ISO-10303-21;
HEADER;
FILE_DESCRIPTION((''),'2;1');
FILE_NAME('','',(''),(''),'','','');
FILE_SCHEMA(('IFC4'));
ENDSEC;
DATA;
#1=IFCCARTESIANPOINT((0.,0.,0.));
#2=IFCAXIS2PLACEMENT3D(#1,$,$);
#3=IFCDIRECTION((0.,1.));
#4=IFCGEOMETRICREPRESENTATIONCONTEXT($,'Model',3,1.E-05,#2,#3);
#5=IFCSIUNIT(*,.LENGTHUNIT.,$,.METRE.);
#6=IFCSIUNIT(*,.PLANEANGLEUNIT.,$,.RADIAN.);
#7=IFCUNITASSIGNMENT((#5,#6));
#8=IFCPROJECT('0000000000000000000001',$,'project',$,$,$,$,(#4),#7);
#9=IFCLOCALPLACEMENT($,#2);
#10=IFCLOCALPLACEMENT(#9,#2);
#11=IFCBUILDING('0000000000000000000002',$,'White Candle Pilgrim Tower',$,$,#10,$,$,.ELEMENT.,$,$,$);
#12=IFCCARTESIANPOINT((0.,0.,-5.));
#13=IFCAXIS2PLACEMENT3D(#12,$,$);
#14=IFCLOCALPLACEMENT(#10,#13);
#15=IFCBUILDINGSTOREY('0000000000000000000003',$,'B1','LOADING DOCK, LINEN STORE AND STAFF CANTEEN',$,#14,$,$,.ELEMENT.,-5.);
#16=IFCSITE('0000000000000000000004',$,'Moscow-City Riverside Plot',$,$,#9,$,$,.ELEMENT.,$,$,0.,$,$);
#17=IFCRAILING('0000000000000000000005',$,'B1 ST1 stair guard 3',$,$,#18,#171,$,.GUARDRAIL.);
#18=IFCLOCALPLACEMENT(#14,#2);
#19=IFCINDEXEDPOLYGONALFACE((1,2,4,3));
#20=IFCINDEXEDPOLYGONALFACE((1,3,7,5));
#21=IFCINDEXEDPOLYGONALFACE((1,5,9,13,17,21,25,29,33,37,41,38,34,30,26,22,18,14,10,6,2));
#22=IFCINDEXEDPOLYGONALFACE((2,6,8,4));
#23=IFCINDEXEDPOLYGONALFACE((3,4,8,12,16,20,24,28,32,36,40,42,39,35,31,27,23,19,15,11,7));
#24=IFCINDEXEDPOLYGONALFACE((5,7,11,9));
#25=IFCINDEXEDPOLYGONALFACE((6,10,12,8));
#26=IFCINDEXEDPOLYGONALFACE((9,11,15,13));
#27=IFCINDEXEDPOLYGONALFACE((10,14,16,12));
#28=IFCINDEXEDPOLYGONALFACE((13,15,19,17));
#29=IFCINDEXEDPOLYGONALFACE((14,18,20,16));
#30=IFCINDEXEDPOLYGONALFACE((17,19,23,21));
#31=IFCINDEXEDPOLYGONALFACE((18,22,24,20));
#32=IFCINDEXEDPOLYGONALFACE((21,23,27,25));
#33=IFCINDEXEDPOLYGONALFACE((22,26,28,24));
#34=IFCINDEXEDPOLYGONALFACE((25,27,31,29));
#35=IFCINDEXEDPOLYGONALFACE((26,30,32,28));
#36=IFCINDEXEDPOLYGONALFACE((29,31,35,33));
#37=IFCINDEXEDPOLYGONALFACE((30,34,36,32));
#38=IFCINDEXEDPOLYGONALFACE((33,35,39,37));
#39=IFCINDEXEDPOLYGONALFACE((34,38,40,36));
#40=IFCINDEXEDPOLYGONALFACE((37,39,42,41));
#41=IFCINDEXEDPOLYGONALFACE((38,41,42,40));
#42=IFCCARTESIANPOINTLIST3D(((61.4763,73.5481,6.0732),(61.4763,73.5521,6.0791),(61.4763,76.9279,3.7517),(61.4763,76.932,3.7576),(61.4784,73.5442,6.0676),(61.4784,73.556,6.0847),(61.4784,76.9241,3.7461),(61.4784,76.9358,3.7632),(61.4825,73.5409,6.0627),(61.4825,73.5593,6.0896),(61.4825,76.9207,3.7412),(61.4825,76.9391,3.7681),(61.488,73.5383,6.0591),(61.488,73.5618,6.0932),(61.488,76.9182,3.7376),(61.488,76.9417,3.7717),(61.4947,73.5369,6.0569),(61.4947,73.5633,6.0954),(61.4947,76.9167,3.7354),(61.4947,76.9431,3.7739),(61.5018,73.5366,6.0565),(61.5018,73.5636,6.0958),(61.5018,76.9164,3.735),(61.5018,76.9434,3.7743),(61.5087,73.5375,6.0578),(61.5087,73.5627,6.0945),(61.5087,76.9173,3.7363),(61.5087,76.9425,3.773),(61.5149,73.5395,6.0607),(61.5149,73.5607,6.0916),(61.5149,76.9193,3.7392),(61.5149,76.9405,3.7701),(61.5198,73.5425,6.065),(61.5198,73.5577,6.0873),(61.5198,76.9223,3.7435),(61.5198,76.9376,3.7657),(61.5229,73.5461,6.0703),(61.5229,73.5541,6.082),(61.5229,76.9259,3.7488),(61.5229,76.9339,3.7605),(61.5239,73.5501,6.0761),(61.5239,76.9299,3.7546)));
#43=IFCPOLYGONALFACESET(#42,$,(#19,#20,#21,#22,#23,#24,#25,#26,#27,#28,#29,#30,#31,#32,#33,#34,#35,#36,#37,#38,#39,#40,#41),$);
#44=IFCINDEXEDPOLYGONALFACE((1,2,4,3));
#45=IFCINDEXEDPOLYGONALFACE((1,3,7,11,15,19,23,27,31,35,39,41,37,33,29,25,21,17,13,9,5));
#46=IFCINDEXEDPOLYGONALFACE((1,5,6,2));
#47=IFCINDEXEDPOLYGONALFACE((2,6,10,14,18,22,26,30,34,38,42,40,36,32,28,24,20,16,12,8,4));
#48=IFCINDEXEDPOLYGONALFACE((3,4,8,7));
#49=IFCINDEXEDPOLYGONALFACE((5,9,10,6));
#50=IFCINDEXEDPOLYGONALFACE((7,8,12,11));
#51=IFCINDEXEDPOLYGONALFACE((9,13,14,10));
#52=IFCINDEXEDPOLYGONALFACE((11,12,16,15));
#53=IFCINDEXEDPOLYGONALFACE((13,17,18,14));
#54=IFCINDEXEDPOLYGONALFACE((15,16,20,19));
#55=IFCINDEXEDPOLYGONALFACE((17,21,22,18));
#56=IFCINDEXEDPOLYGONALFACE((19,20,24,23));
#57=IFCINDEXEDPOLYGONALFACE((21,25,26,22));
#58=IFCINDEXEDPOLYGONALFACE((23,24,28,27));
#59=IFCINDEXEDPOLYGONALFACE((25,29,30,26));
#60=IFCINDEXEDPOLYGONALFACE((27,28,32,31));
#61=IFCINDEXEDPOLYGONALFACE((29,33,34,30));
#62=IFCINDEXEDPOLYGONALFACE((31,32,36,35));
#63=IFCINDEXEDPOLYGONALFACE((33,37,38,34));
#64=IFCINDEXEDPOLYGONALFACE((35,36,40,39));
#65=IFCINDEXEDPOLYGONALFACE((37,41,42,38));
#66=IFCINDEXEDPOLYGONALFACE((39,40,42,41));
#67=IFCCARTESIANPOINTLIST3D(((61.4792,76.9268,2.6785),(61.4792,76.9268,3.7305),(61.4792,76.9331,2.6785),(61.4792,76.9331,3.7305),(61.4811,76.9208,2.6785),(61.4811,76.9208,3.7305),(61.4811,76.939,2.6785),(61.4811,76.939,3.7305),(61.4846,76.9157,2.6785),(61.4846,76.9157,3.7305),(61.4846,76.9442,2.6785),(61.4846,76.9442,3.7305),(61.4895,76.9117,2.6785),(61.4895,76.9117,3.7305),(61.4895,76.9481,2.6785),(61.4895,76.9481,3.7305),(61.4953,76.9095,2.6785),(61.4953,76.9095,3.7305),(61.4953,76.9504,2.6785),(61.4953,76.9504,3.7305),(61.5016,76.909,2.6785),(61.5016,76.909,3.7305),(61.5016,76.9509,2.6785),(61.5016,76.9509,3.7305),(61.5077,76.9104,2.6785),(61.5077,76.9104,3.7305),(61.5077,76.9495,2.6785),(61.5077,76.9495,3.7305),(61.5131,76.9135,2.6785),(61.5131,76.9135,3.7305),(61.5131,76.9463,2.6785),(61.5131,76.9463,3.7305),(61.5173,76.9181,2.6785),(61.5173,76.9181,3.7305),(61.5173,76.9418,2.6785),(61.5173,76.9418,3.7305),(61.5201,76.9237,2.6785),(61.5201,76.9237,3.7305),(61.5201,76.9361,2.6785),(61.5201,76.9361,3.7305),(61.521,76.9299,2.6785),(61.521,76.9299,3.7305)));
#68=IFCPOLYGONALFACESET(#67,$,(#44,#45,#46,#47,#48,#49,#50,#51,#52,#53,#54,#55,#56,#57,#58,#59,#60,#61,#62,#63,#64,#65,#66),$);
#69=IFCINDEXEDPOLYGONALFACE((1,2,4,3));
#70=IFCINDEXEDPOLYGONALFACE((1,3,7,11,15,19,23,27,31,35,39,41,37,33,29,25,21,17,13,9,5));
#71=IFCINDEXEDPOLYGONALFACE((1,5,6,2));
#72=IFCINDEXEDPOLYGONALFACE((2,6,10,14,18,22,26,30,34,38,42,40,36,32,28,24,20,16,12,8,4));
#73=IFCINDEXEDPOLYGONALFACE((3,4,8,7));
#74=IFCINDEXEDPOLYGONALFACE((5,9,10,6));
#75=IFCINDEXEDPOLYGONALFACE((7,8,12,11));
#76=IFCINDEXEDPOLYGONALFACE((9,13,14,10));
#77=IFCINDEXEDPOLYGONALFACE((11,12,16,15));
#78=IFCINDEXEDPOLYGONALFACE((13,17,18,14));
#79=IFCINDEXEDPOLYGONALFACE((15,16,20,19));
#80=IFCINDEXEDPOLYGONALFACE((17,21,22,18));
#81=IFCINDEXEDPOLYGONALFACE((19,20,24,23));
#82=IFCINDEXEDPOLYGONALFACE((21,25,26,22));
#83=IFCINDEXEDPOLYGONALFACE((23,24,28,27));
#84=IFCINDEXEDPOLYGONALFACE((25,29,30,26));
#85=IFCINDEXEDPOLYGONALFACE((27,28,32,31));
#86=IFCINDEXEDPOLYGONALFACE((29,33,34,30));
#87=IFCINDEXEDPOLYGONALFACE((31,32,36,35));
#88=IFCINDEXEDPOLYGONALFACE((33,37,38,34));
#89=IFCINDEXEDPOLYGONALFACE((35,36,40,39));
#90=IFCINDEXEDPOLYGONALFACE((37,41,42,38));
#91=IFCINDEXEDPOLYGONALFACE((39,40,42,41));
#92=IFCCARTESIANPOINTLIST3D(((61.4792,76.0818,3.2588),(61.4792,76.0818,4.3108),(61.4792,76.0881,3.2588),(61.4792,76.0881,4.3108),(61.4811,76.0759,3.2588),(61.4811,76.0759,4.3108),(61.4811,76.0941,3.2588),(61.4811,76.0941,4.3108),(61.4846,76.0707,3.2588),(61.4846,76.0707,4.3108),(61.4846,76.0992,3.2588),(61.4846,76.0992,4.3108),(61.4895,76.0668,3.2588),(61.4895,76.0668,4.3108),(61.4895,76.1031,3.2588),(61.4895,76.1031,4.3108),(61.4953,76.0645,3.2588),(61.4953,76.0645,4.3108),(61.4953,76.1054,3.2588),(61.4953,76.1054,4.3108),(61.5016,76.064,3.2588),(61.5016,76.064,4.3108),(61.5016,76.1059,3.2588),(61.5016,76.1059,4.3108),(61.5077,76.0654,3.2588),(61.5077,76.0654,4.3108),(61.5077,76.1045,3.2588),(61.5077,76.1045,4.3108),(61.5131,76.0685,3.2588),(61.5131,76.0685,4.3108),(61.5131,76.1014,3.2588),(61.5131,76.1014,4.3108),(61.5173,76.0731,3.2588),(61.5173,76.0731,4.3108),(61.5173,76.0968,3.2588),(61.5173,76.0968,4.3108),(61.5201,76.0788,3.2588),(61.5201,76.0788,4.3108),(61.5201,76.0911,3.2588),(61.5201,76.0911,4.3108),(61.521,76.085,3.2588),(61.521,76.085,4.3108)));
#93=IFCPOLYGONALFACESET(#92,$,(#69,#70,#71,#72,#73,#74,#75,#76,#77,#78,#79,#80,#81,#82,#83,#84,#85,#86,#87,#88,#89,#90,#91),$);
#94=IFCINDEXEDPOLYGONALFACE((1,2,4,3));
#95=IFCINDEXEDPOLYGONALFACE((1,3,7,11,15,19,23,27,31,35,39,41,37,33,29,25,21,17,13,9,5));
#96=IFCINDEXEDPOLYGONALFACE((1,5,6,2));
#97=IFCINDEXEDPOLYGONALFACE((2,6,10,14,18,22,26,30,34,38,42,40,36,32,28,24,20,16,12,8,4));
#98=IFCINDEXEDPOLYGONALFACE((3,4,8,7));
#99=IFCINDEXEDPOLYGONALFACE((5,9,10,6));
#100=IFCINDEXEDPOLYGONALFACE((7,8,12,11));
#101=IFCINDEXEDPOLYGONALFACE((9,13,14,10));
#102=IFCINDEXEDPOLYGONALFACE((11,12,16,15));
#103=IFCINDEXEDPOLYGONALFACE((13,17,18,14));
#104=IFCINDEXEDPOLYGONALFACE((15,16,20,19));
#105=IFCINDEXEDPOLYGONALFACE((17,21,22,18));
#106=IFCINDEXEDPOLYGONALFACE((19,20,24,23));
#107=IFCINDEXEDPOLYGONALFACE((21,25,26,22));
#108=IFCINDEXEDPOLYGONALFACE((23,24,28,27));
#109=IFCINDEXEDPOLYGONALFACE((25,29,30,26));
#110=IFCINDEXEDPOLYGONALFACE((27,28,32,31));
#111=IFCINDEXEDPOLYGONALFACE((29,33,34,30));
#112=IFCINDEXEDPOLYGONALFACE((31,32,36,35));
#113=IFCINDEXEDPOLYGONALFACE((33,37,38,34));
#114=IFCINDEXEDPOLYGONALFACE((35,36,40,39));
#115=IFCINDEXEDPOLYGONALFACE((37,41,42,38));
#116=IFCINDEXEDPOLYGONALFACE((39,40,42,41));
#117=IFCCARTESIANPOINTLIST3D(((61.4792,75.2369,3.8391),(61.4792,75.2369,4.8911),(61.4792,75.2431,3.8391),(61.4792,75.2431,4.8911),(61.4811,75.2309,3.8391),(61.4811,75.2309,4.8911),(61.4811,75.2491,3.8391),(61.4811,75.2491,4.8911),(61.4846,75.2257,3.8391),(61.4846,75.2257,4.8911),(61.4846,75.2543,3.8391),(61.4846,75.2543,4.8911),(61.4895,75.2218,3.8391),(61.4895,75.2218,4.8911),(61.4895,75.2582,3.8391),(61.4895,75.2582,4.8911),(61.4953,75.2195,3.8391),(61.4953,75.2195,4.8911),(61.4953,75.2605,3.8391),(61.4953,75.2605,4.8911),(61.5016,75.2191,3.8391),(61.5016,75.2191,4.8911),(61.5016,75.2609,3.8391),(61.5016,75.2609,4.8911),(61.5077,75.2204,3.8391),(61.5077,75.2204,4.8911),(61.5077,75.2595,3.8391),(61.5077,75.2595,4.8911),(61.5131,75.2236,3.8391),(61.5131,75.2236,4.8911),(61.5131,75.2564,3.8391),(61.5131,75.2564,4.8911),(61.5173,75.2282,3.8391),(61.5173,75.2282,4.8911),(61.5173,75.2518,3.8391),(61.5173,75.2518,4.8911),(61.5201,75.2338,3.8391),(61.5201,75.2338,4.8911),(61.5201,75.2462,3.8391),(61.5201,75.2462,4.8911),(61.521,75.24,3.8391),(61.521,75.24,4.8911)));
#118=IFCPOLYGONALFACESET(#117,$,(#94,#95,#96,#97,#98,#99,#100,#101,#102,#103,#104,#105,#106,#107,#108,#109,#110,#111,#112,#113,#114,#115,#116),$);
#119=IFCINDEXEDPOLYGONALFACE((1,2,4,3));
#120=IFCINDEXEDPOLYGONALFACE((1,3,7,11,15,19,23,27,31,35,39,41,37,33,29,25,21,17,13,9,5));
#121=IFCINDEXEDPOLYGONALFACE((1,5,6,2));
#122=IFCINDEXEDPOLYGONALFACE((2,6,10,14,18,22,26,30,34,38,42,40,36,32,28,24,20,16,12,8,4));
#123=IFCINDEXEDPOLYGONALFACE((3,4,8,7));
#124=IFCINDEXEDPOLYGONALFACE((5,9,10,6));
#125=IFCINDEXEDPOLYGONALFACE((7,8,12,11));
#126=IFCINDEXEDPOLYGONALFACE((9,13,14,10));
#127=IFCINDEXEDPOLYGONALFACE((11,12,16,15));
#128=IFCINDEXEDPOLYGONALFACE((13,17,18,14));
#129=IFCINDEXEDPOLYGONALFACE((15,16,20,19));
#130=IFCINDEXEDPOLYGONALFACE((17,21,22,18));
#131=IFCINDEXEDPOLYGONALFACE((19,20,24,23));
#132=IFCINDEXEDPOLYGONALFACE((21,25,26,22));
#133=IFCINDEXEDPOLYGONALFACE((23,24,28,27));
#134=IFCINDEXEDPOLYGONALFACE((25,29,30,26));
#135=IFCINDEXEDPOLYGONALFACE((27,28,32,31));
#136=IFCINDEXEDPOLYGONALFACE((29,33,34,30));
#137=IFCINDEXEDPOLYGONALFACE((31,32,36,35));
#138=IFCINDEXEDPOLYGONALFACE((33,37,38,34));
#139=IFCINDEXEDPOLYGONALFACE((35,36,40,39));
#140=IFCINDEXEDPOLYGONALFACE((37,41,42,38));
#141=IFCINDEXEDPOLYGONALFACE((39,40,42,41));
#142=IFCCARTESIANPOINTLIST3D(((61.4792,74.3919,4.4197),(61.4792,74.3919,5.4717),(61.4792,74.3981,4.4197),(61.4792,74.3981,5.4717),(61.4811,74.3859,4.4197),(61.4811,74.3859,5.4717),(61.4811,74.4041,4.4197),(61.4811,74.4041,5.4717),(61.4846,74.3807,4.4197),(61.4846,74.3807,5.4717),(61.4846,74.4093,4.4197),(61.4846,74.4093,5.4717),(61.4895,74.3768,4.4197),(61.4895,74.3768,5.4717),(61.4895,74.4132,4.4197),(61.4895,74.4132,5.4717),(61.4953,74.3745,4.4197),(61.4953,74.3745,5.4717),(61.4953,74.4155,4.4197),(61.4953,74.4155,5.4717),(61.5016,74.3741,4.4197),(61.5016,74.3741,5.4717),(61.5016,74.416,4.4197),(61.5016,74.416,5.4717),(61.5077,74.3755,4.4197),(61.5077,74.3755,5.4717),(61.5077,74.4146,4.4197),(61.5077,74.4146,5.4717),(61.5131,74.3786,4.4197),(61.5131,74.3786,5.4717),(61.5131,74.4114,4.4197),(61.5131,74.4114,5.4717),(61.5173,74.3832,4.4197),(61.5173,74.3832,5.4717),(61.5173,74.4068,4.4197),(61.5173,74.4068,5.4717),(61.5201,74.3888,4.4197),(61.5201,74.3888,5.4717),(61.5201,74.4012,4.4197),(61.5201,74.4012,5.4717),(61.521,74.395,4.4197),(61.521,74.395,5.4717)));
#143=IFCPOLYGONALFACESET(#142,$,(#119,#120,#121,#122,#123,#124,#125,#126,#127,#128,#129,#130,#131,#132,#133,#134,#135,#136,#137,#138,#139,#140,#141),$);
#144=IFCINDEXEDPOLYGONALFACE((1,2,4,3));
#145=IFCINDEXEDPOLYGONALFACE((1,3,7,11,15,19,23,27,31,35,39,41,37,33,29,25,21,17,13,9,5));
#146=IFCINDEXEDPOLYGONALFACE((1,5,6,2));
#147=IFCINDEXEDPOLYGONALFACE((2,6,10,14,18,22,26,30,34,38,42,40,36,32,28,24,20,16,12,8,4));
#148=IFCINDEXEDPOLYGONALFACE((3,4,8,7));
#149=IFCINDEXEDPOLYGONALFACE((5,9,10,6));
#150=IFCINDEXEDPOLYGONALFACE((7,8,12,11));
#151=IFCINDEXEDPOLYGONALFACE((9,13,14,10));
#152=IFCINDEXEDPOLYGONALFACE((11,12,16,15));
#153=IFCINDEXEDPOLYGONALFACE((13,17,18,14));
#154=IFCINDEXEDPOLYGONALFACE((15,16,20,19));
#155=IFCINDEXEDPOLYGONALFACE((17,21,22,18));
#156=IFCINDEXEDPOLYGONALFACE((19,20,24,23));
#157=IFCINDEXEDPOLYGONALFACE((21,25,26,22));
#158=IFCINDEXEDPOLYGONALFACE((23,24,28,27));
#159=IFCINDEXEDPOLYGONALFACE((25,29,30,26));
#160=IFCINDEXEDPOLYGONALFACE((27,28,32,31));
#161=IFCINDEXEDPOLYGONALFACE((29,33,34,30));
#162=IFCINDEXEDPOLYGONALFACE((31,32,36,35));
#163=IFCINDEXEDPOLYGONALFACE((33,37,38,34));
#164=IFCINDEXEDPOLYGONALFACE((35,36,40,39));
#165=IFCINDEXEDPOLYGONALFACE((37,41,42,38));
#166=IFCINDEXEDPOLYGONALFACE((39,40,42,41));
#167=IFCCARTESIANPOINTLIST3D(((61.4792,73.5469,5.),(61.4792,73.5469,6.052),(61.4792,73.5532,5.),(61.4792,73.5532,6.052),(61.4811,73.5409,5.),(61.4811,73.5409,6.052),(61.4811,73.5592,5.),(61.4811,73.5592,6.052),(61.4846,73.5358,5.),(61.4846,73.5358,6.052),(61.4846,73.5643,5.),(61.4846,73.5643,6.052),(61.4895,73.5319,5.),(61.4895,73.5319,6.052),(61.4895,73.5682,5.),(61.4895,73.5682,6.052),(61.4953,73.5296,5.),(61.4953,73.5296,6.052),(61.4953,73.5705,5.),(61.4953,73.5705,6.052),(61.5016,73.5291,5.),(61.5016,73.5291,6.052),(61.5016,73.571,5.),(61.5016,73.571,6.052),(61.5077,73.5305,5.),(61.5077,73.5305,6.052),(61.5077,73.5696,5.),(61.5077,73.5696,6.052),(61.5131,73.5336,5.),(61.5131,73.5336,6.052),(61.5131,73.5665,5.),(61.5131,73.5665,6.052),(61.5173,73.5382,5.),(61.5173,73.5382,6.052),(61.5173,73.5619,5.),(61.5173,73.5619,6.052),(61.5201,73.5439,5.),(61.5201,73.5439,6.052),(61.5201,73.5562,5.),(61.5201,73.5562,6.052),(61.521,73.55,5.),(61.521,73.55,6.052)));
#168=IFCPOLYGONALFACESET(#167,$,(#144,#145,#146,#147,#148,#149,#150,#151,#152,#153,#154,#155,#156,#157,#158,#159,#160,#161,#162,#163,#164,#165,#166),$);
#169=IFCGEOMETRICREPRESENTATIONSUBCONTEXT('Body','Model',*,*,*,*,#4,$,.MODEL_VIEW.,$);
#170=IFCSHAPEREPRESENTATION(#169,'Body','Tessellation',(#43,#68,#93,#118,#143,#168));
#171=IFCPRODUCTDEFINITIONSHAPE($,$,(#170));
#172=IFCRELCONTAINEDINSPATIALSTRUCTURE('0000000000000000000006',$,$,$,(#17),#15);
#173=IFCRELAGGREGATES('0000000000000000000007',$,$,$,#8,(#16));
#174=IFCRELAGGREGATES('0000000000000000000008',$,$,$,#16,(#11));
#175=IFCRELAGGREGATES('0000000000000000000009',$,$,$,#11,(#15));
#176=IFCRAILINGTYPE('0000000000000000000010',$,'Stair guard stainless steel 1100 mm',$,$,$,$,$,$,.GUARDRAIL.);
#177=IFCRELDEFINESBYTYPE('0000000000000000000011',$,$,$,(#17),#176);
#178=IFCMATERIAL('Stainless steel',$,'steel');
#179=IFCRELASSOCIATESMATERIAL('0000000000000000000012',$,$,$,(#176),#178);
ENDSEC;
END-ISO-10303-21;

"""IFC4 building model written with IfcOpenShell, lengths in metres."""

from ifc_helpers import new_model, si_unit, direction, frame, origin, origin_2d, place, context, subcontext, project, spatial, circle, extrude, material, type_object, element, save


model = new_model("IFC4")

# Units and contexts
model_context = context("Model", 3, precision=1e-05, world=origin(), true_north=direction((0.0, 1.0)))
body_context = subcontext(model_context, "Body", "Model", "MODEL_VIEW")
ifc_project = project(units=[si_unit("LENGTHUNIT", "METRE"), si_unit("PLANEANGLEUNIT", "RADIAN")], contexts=[model_context])

# Site, building, storey
site_placement = place(None, origin())
site = spatial("IfcSite", under=ifc_project, at=site_placement, Name="Moscow-City Riverside Plot", CompositionType="ELEMENT", RefElevation=0.0)
building_placement = place(site_placement, origin())
building = spatial("IfcBuilding", under=site, at=building_placement, Name="White Candle Pilgrim Tower", CompositionType="ELEMENT")
storey_placement = place(building_placement, frame((0.0, 0.0, -5.0)))
storey = spatial("IfcBuildingStorey", under=building, at=storey_placement, Name="B1", Description="LOADING DOCK, LINEN STORE AND STAFF CANTEEN", CompositionType="ELEMENT", Elevation=-5.0)

# Railing
ifc_material_1 = material(Name="Stainless steel", Category="steel")
railing_type_1 = type_object("IfcRailingType", Name="Stair guard stainless steel 1100 mm", PredefinedType="GUARDRAIL", material=ifc_material_1)
railing_1_placement = place(storey_placement, frame((61.5, 76.9299, 2.6785)))
element("IfcRailing", 1, at=railing_1_placement, inside=storey, type_object=railing_type_1, Name="B1 ST1 stair guard 3", PredefinedType="GUARDRAIL", context=body_context, shape_type="SweptSolid", body=[
    extrude(circle(Radius=0.0239, at=origin_2d()), frame((0.0, 0.0, 1.0762), z_axis=(0.0, -0.824285, 0.566175), x_axis=(1.0, 0.0, 0.0)), (0.0, 0.0, 1.0), 4.1003),
    extrude(circle(Radius=0.021, at=origin_2d()), origin(), (0.0, 0.0, 1.0), 1.052),
    extrude(circle(Radius=0.021, at=origin_2d()), frame((0.0, -0.845, 0.5803)), (0.0, 0.0, 1.0), 1.052),
    extrude(circle(Radius=0.021, at=origin_2d()), frame((0.0, -1.6899, 1.1606)), (0.0, 0.0, 1.0), 1.052),
    extrude(circle(Radius=0.021, at=origin_2d()), frame((0.0, -2.5349, 1.7412)), (0.0, 0.0, 1.0), 1.052),
    extrude(circle(Radius=0.021, at=origin_2d()), frame((0.0, -3.3799, 2.3215)), (0.0, 0.0, 1.0), 1.052),
])

save(model, "model.ifc")
